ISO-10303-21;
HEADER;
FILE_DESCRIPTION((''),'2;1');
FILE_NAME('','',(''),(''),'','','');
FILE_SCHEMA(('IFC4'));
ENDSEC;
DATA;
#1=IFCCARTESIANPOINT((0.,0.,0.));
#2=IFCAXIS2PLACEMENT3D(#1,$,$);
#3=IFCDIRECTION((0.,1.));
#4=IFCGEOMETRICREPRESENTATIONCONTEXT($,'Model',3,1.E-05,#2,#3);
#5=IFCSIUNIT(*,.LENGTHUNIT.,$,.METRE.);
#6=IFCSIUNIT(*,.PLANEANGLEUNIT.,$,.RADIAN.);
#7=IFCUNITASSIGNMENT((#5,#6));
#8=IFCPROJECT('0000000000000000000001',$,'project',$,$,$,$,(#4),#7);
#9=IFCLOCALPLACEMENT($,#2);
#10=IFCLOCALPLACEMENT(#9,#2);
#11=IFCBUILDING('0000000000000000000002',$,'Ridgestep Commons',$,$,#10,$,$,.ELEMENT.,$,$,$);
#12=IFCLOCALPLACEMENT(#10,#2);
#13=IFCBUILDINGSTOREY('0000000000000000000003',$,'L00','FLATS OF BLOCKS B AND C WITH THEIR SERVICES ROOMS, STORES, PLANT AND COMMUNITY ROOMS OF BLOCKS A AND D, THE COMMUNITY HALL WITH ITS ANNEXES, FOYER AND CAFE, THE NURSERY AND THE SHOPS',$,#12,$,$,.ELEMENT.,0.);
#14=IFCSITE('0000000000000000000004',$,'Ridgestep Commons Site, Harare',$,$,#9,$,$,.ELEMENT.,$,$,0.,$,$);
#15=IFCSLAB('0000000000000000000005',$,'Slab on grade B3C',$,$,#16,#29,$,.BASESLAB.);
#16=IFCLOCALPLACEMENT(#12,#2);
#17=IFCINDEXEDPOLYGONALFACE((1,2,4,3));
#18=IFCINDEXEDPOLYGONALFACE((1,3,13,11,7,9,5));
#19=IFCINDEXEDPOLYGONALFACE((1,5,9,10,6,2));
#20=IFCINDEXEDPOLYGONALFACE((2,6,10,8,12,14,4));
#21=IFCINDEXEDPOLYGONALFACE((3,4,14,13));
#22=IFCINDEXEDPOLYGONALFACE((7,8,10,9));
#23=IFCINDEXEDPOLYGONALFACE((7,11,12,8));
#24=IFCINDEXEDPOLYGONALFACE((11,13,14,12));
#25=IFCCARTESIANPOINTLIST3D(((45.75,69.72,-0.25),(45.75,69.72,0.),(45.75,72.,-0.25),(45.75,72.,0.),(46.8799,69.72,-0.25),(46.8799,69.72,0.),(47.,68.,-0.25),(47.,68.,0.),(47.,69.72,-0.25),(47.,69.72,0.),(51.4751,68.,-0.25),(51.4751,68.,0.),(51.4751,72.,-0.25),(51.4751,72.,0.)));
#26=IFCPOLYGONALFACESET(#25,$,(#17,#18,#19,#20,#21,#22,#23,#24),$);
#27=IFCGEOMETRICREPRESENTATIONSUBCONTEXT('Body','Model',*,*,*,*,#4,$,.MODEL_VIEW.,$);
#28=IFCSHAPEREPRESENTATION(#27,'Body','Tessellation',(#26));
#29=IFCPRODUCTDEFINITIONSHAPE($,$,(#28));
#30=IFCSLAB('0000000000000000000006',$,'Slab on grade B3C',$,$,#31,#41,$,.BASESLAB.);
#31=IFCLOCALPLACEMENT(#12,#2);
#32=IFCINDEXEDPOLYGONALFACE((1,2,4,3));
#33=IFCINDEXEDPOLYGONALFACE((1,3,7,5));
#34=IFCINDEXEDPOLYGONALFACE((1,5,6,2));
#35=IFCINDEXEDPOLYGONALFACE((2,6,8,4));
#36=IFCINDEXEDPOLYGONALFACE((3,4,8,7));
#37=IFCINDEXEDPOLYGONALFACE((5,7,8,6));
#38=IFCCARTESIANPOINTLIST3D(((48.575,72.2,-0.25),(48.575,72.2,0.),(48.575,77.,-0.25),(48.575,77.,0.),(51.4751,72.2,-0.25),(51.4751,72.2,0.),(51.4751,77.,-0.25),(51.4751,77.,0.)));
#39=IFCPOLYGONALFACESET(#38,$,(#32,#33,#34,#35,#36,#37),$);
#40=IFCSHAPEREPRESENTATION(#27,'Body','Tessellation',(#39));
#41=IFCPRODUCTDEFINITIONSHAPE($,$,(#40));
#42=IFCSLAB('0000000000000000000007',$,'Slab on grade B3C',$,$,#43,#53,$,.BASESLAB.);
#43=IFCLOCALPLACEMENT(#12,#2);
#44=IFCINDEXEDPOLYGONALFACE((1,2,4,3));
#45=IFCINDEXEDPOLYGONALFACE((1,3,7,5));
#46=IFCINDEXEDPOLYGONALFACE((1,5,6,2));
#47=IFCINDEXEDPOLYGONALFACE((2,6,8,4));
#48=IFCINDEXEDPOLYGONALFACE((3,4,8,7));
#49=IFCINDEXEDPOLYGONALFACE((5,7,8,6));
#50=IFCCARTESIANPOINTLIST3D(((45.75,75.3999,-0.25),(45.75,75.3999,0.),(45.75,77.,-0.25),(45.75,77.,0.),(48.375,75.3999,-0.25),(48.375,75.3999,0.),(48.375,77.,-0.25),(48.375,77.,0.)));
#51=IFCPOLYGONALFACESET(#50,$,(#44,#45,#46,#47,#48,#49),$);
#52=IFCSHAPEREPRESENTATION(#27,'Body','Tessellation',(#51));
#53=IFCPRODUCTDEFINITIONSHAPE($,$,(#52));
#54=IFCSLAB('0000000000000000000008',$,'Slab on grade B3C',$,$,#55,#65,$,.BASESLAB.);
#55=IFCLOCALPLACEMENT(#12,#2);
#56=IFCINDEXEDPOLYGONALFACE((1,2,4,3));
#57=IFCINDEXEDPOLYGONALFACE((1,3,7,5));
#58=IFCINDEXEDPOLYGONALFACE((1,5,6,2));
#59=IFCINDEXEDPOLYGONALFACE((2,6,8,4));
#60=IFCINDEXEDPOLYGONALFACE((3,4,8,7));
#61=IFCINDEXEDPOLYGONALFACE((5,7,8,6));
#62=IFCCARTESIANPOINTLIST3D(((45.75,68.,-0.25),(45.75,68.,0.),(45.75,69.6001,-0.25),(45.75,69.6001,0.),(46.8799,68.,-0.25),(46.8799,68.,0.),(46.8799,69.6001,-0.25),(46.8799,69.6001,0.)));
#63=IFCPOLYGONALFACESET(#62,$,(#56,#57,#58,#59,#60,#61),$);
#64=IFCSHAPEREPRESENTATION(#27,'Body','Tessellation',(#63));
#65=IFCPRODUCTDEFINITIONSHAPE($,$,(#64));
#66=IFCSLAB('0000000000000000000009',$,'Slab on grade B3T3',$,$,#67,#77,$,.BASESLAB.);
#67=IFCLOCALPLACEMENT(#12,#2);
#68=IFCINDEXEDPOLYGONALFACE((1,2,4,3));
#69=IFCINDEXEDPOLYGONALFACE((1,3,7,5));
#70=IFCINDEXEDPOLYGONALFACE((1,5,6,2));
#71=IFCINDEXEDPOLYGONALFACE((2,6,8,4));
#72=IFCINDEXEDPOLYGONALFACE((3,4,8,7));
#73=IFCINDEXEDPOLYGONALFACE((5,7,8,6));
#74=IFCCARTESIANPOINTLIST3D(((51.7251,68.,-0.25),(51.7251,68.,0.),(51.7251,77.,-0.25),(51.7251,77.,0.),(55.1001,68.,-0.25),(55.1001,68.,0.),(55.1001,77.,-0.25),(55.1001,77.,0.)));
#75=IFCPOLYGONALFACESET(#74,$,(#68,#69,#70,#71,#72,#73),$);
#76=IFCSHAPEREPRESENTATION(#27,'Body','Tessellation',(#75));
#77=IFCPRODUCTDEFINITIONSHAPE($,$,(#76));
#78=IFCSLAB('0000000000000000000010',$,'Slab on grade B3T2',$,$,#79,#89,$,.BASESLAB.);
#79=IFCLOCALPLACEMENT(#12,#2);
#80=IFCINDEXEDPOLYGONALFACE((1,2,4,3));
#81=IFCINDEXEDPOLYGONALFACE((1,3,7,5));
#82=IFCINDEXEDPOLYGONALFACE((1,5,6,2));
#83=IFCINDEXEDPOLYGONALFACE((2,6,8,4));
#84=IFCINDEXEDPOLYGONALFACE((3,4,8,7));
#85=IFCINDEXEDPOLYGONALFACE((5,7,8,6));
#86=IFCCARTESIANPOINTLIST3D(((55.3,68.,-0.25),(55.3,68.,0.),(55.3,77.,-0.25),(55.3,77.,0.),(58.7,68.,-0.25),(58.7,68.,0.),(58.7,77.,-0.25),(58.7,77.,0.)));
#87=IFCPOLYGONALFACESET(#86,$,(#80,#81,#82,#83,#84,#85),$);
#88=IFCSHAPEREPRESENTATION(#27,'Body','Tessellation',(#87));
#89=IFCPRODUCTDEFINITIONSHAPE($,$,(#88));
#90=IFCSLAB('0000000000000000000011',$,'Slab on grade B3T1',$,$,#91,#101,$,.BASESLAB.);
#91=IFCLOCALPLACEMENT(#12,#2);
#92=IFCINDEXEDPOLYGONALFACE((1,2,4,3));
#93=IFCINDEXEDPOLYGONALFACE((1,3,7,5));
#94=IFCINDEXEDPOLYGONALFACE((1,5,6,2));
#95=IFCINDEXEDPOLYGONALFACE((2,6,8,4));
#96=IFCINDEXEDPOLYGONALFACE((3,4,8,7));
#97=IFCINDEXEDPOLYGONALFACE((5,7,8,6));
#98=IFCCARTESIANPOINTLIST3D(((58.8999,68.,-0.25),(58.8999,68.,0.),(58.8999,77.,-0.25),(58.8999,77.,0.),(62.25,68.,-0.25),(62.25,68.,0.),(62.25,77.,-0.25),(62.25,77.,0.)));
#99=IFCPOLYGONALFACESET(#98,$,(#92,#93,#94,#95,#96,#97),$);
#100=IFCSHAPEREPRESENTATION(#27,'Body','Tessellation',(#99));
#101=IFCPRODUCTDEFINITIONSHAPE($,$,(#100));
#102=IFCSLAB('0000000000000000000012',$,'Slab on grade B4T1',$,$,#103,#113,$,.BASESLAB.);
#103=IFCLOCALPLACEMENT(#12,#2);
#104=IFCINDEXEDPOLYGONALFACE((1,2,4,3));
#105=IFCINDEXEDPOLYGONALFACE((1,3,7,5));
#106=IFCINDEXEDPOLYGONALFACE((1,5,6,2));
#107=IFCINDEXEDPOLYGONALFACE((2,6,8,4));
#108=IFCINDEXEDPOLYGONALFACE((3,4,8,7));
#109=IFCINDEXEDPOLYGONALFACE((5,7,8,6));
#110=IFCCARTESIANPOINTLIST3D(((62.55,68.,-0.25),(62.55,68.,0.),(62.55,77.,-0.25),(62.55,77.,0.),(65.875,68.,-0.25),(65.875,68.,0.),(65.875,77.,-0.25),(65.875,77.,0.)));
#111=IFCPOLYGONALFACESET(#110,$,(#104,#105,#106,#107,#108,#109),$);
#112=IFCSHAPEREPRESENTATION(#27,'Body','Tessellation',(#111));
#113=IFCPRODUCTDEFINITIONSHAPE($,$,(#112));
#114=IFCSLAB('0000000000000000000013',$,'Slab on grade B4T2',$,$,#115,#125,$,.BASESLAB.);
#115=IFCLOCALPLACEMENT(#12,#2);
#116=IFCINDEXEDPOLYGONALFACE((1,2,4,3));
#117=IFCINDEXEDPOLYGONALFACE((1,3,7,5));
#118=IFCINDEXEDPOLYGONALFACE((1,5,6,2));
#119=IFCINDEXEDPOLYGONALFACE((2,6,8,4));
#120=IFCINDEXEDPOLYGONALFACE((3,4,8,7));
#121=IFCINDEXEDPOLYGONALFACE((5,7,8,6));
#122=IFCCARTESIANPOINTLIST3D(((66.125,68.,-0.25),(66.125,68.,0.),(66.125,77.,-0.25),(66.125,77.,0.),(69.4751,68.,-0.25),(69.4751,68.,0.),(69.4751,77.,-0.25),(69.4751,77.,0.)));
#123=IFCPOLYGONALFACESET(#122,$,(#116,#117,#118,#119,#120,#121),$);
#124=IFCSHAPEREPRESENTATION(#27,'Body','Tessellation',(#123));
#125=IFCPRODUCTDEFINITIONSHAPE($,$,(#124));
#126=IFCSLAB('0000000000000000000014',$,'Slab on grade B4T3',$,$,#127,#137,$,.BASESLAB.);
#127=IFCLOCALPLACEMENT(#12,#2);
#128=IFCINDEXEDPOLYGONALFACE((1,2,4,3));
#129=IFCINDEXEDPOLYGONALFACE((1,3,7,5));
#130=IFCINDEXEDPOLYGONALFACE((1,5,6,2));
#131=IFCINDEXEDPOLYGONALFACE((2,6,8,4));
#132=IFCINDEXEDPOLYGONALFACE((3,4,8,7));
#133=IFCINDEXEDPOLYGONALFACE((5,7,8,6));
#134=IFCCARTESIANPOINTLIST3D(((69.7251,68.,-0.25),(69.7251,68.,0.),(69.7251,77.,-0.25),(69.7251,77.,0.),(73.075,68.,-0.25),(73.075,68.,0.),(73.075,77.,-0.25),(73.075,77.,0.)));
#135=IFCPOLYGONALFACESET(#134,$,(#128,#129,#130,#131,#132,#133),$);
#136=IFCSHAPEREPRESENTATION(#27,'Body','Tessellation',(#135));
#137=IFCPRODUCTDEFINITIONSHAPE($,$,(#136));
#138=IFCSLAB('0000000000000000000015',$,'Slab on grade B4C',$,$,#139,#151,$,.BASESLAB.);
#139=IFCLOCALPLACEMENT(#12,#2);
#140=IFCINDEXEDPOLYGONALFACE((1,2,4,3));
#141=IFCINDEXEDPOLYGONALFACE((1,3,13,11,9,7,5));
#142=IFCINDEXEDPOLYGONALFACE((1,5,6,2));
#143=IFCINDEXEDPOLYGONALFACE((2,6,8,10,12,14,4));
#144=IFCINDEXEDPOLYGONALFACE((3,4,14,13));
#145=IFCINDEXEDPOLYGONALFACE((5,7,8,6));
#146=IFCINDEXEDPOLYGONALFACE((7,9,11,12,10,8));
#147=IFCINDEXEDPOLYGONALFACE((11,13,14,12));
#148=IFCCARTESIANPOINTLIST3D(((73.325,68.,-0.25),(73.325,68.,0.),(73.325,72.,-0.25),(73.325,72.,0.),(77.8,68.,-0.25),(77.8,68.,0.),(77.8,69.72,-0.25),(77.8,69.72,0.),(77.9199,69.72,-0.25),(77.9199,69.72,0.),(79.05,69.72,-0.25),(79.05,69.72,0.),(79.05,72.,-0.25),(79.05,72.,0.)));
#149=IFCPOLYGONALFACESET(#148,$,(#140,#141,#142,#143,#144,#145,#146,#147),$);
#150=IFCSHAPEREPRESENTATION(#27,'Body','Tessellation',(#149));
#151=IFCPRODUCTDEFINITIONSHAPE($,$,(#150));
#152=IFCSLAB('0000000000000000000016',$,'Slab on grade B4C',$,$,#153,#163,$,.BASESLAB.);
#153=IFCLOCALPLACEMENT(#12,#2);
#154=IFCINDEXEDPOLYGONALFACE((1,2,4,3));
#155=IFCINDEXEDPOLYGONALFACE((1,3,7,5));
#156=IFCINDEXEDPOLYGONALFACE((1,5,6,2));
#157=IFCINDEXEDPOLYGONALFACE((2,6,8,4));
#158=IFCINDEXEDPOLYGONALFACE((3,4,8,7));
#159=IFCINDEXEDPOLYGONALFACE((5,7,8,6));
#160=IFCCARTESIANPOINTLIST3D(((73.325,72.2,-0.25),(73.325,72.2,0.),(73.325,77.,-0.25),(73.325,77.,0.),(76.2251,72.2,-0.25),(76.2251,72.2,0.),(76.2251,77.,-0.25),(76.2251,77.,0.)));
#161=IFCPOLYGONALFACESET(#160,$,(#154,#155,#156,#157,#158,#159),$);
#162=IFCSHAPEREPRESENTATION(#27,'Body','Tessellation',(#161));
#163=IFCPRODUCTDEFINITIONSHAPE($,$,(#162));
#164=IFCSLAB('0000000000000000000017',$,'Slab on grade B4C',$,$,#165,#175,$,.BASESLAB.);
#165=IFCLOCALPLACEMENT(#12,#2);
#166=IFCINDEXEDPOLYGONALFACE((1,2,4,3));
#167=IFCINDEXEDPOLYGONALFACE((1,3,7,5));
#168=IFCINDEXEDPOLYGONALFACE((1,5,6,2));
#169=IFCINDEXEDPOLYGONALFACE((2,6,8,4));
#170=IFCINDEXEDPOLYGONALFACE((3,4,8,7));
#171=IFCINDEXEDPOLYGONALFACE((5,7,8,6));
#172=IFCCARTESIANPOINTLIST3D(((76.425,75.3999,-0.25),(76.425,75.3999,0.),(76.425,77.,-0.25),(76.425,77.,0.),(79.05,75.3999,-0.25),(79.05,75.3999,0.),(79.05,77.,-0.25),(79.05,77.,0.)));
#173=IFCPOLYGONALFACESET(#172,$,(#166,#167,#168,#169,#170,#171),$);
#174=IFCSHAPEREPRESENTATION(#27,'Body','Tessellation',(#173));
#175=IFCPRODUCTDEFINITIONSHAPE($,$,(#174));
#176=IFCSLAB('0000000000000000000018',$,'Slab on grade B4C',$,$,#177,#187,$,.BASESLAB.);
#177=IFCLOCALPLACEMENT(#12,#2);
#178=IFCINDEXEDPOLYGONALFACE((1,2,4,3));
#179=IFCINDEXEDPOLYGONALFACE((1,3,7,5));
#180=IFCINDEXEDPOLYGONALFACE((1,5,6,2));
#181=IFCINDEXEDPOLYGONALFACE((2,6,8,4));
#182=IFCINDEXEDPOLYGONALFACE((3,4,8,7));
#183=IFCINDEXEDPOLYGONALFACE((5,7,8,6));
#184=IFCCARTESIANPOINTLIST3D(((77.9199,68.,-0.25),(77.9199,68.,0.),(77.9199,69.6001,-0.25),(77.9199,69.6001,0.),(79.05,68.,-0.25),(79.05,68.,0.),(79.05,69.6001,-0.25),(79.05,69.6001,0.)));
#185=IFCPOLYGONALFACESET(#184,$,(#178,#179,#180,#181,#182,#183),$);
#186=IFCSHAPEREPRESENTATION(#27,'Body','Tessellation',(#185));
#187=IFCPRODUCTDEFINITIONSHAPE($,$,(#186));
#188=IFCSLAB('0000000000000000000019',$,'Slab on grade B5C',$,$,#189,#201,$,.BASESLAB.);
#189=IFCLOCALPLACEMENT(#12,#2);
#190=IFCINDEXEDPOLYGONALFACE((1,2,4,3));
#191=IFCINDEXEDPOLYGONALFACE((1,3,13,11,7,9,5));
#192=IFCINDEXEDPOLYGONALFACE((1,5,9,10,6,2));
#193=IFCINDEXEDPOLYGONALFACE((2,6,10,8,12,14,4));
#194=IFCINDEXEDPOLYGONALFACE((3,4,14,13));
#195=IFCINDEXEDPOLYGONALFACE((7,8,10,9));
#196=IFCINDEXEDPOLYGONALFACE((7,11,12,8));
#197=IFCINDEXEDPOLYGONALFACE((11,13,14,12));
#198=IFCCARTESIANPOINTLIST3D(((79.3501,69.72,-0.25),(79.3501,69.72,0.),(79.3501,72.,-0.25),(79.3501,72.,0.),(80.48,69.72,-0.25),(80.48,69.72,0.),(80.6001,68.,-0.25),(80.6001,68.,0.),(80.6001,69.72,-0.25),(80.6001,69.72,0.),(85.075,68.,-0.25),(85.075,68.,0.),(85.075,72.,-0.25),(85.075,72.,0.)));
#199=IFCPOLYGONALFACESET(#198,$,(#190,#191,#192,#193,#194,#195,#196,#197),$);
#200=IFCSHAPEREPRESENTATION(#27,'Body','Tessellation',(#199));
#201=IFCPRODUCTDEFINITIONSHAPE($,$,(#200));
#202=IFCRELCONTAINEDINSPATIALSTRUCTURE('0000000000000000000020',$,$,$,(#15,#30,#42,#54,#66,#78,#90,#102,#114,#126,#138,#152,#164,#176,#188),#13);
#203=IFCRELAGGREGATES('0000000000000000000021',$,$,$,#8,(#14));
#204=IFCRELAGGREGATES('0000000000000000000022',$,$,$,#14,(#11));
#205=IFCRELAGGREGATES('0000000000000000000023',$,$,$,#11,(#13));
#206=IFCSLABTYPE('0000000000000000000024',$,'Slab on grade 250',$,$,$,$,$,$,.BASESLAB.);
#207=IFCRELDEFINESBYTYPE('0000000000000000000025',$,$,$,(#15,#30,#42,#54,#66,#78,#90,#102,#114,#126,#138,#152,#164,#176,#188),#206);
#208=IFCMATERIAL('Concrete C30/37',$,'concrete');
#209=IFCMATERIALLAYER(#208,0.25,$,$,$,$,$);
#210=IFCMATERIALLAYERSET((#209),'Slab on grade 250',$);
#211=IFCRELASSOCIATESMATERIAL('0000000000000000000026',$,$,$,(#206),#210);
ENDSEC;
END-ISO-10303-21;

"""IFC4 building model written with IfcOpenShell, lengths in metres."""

from ifc_helpers import new_model, si_unit, direction, frame, origin, place, context, subcontext, project, spatial, polyline, outline, extrude, material, layer, layer_set, type_object, element, save


model = new_model("IFC4")

# Units and contexts
model_context = context("Model", 3, precision=1e-05, world=origin(), true_north=direction((0.0, 1.0)))
body_context = subcontext(model_context, "Body", "Model", "MODEL_VIEW")
ifc_project = project(units=[si_unit("LENGTHUNIT", "METRE"), si_unit("PLANEANGLEUNIT", "RADIAN")], contexts=[model_context])

# Site, building, storey
site_placement = place(None, origin())
site = spatial("IfcSite", under=ifc_project, at=site_placement, Name="Ridgestep Commons Site, Harare", CompositionType="ELEMENT", RefElevation=0.0)
building_placement = place(site_placement, origin())
building = spatial("IfcBuilding", under=site, at=building_placement, Name="Ridgestep Commons", CompositionType="ELEMENT")
storey_placement = place(building_placement, origin())
storey = spatial("IfcBuildingStorey", under=building, at=storey_placement, Name="L00", Description="FLATS OF BLOCKS B AND C WITH THEIR SERVICES ROOMS, STORES, PLANT AND COMMUNITY ROOMS OF BLOCKS A AND D, THE COMMUNITY HALL WITH ITS ANNEXES, FOYER AND CAFE, THE NURSERY AND THE SHOPS", CompositionType="ELEMENT", Elevation=0.0)

# Slabs
ifc_material = material(Name="Concrete C30/37", Category="concrete")
ifc_layer = layer(ifc_material, 0.25)
ifc_layer_set = layer_set([ifc_layer], Name="Slab on grade 250")
slab_type = type_object("IfcSlabType", Name="Slab on grade 250", PredefinedType="BASESLAB", material=ifc_layer_set)
slab_1_placement = place(storey_placement, frame((0.0, 0.0, -0.25)))
element("IfcSlab", 1, at=slab_1_placement, inside=storey, type_object=slab_type, Name="Slab on grade B3C", PredefinedType="BASESLAB", context=body_context, shape_type="SweptSolid", body=[
    extrude(outline(polyline([(47.0, 68.0), (51.4751, 68.0), (51.4751, 72.0), (45.75, 72.0), (45.75, 69.72), (46.8799, 69.72), (47.0, 69.72), (47.0, 68.0)])), origin(), (0.0, 0.0, 1.0), 0.25),
])
slab_2_placement = place(storey_placement, frame((0.0, 0.0, -0.25)))
element("IfcSlab", 2, at=slab_2_placement, inside=storey, type_object=slab_type, Name="Slab on grade B3C", PredefinedType="BASESLAB", context=body_context, shape_type="SweptSolid", body=[
    extrude(outline(polyline([(51.4751, 72.2), (51.4751, 77.0), (48.575, 77.0), (48.575, 72.2), (51.4751, 72.2)])), origin(), (0.0, 0.0, 1.0), 0.25),
])
slab_3_placement = place(storey_placement, frame((0.0, 0.0, -0.25)))
element("IfcSlab", 3, at=slab_3_placement, inside=storey, type_object=slab_type, Name="Slab on grade B3C", PredefinedType="BASESLAB", context=body_context, shape_type="SweptSolid", body=[
    extrude(outline(polyline([(48.375, 77.0), (45.75, 77.0), (45.75, 75.3999), (48.375, 75.3999), (48.375, 77.0)])), origin(), (0.0, 0.0, 1.0), 0.25),
])
slab_4_placement = place(storey_placement, frame((0.0, 0.0, -0.25)))
element("IfcSlab", 4, at=slab_4_placement, inside=storey, type_object=slab_type, Name="Slab on grade B3C", PredefinedType="BASESLAB", context=body_context, shape_type="SweptSolid", body=[
    extrude(outline(polyline([(46.8799, 69.6001), (45.75, 69.6001), (45.75, 68.0), (46.8799, 68.0), (46.8799, 69.6001)])), origin(), (0.0, 0.0, 1.0), 0.25),
])
slab_5_placement = place(storey_placement, frame((0.0, 0.0, -0.25)))
element("IfcSlab", 5, at=slab_5_placement, inside=storey, type_object=slab_type, Name="Slab on grade B3T3", PredefinedType="BASESLAB", context=body_context, shape_type="SweptSolid", body=[
    extrude(outline(polyline([(55.1001, 68.0), (55.1001, 77.0), (51.7251, 77.0), (51.7251, 68.0), (55.1001, 68.0)])), origin(), (0.0, 0.0, 1.0), 0.25),
])
slab_6_placement = place(storey_placement, frame((0.0, 0.0, -0.25)))
element("IfcSlab", 6, at=slab_6_placement, inside=storey, type_object=slab_type, Name="Slab on grade B3T2", PredefinedType="BASESLAB", context=body_context, shape_type="SweptSolid", body=[
    extrude(outline(polyline([(58.7, 68.0), (58.7, 77.0), (55.3, 77.0), (55.3, 68.0), (58.7, 68.0)])), origin(), (0.0, 0.0, 1.0), 0.25),
])
slab_7_placement = place(storey_placement, frame((0.0, 0.0, -0.25)))
element("IfcSlab", 7, at=slab_7_placement, inside=storey, type_object=slab_type, Name="Slab on grade B3T1", PredefinedType="BASESLAB", context=body_context, shape_type="SweptSolid", body=[
    extrude(outline(polyline([(62.25, 68.0), (62.25, 77.0), (58.8999, 77.0), (58.8999, 68.0), (62.25, 68.0)])), origin(), (0.0, 0.0, 1.0), 0.25),
])
slab_8_placement = place(storey_placement, frame((0.0, 0.0, -0.25)))
element("IfcSlab", 8, at=slab_8_placement, inside=storey, type_object=slab_type, Name="Slab on grade B4T1", PredefinedType="BASESLAB", context=body_context, shape_type="SweptSolid", body=[
    extrude(outline(polyline([(65.875, 68.0), (65.875, 77.0), (62.55, 77.0), (62.55, 68.0), (65.875, 68.0)])), origin(), (0.0, 0.0, 1.0), 0.25),
])
slab_9_placement = place(storey_placement, frame((0.0, 0.0, -0.25)))
element("IfcSlab", 9, at=slab_9_placement, inside=storey, type_object=slab_type, Name="Slab on grade B4T2", PredefinedType="BASESLAB", context=body_context, shape_type="SweptSolid", body=[
    extrude(outline(polyline([(69.4751, 68.0), (69.4751, 77.0), (66.125, 77.0), (66.125, 68.0), (69.4751, 68.0)])), origin(), (0.0, 0.0, 1.0), 0.25),
])
slab_10_placement = place(storey_placement, frame((0.0, 0.0, -0.25)))
element("IfcSlab", 10, at=slab_10_placement, inside=storey, type_object=slab_type, Name="Slab on grade B4T3", PredefinedType="BASESLAB", context=body_context, shape_type="SweptSolid", body=[
    extrude(outline(polyline([(73.075, 68.0), (73.075, 77.0), (69.7251, 77.0), (69.7251, 68.0), (73.075, 68.0)])), origin(), (0.0, 0.0, 1.0), 0.25),
])
slab_11_placement = place(storey_placement, frame((0.0, 0.0, -0.25)))
element("IfcSlab", 11, at=slab_11_placement, inside=storey, type_object=slab_type, Name="Slab on grade B4C", PredefinedType="BASESLAB", context=body_context, shape_type="SweptSolid", body=[
    extrude(outline(polyline([(77.9199, 69.72), (79.05, 69.72), (79.05, 72.0), (73.325, 72.0), (73.325, 68.0), (77.8, 68.0), (77.8, 69.72), (77.9199, 69.72)])), origin(), (0.0, 0.0, 1.0), 0.25),
])
slab_12_placement = place(storey_placement, frame((0.0, 0.0, -0.25)))
element("IfcSlab", 12, at=slab_12_placement, inside=storey, type_object=slab_type, Name="Slab on grade B4C", PredefinedType="BASESLAB", context=body_context, shape_type="SweptSolid", body=[
    extrude(outline(polyline([(76.2251, 77.0), (73.325, 77.0), (73.325, 72.2), (76.2251, 72.2), (76.2251, 77.0)])), origin(), (0.0, 0.0, 1.0), 0.25),
])
slab_13_placement = place(storey_placement, frame((0.0, 0.0, -0.25)))
element("IfcSlab", 13, at=slab_13_placement, inside=storey, type_object=slab_type, Name="Slab on grade B4C", PredefinedType="BASESLAB", context=body_context, shape_type="SweptSolid", body=[
    extrude(outline(polyline([(79.05, 75.3999), (79.05, 77.0), (76.425, 77.0), (76.425, 75.3999), (79.05, 75.3999)])), origin(), (0.0, 0.0, 1.0), 0.25),
])
slab_14_placement = place(storey_placement, frame((0.0, 0.0, -0.25)))
element("IfcSlab", 14, at=slab_14_placement, inside=storey, type_object=slab_type, Name="Slab on grade B4C", PredefinedType="BASESLAB", context=body_context, shape_type="SweptSolid", body=[
    extrude(outline(polyline([(77.9199, 68.0), (79.05, 68.0), (79.05, 69.6001), (77.9199, 69.6001), (77.9199, 68.0)])), origin(), (0.0, 0.0, 1.0), 0.25),
])
slab_15_placement = place(storey_placement, frame((0.0, 0.0, -0.25)))
element("IfcSlab", 15, at=slab_15_placement, inside=storey, type_object=slab_type, Name="Slab on grade B5C", PredefinedType="BASESLAB", context=body_context, shape_type="SweptSolid", body=[
    extrude(outline(polyline([(80.6001, 68.0), (85.075, 68.0), (85.075, 72.0), (79.3501, 72.0), (79.3501, 69.72), (80.48, 69.72), (80.6001, 69.72), (80.6001, 68.0)])), origin(), (0.0, 0.0, 1.0), 0.25),
])

save(model, "model.ifc")
